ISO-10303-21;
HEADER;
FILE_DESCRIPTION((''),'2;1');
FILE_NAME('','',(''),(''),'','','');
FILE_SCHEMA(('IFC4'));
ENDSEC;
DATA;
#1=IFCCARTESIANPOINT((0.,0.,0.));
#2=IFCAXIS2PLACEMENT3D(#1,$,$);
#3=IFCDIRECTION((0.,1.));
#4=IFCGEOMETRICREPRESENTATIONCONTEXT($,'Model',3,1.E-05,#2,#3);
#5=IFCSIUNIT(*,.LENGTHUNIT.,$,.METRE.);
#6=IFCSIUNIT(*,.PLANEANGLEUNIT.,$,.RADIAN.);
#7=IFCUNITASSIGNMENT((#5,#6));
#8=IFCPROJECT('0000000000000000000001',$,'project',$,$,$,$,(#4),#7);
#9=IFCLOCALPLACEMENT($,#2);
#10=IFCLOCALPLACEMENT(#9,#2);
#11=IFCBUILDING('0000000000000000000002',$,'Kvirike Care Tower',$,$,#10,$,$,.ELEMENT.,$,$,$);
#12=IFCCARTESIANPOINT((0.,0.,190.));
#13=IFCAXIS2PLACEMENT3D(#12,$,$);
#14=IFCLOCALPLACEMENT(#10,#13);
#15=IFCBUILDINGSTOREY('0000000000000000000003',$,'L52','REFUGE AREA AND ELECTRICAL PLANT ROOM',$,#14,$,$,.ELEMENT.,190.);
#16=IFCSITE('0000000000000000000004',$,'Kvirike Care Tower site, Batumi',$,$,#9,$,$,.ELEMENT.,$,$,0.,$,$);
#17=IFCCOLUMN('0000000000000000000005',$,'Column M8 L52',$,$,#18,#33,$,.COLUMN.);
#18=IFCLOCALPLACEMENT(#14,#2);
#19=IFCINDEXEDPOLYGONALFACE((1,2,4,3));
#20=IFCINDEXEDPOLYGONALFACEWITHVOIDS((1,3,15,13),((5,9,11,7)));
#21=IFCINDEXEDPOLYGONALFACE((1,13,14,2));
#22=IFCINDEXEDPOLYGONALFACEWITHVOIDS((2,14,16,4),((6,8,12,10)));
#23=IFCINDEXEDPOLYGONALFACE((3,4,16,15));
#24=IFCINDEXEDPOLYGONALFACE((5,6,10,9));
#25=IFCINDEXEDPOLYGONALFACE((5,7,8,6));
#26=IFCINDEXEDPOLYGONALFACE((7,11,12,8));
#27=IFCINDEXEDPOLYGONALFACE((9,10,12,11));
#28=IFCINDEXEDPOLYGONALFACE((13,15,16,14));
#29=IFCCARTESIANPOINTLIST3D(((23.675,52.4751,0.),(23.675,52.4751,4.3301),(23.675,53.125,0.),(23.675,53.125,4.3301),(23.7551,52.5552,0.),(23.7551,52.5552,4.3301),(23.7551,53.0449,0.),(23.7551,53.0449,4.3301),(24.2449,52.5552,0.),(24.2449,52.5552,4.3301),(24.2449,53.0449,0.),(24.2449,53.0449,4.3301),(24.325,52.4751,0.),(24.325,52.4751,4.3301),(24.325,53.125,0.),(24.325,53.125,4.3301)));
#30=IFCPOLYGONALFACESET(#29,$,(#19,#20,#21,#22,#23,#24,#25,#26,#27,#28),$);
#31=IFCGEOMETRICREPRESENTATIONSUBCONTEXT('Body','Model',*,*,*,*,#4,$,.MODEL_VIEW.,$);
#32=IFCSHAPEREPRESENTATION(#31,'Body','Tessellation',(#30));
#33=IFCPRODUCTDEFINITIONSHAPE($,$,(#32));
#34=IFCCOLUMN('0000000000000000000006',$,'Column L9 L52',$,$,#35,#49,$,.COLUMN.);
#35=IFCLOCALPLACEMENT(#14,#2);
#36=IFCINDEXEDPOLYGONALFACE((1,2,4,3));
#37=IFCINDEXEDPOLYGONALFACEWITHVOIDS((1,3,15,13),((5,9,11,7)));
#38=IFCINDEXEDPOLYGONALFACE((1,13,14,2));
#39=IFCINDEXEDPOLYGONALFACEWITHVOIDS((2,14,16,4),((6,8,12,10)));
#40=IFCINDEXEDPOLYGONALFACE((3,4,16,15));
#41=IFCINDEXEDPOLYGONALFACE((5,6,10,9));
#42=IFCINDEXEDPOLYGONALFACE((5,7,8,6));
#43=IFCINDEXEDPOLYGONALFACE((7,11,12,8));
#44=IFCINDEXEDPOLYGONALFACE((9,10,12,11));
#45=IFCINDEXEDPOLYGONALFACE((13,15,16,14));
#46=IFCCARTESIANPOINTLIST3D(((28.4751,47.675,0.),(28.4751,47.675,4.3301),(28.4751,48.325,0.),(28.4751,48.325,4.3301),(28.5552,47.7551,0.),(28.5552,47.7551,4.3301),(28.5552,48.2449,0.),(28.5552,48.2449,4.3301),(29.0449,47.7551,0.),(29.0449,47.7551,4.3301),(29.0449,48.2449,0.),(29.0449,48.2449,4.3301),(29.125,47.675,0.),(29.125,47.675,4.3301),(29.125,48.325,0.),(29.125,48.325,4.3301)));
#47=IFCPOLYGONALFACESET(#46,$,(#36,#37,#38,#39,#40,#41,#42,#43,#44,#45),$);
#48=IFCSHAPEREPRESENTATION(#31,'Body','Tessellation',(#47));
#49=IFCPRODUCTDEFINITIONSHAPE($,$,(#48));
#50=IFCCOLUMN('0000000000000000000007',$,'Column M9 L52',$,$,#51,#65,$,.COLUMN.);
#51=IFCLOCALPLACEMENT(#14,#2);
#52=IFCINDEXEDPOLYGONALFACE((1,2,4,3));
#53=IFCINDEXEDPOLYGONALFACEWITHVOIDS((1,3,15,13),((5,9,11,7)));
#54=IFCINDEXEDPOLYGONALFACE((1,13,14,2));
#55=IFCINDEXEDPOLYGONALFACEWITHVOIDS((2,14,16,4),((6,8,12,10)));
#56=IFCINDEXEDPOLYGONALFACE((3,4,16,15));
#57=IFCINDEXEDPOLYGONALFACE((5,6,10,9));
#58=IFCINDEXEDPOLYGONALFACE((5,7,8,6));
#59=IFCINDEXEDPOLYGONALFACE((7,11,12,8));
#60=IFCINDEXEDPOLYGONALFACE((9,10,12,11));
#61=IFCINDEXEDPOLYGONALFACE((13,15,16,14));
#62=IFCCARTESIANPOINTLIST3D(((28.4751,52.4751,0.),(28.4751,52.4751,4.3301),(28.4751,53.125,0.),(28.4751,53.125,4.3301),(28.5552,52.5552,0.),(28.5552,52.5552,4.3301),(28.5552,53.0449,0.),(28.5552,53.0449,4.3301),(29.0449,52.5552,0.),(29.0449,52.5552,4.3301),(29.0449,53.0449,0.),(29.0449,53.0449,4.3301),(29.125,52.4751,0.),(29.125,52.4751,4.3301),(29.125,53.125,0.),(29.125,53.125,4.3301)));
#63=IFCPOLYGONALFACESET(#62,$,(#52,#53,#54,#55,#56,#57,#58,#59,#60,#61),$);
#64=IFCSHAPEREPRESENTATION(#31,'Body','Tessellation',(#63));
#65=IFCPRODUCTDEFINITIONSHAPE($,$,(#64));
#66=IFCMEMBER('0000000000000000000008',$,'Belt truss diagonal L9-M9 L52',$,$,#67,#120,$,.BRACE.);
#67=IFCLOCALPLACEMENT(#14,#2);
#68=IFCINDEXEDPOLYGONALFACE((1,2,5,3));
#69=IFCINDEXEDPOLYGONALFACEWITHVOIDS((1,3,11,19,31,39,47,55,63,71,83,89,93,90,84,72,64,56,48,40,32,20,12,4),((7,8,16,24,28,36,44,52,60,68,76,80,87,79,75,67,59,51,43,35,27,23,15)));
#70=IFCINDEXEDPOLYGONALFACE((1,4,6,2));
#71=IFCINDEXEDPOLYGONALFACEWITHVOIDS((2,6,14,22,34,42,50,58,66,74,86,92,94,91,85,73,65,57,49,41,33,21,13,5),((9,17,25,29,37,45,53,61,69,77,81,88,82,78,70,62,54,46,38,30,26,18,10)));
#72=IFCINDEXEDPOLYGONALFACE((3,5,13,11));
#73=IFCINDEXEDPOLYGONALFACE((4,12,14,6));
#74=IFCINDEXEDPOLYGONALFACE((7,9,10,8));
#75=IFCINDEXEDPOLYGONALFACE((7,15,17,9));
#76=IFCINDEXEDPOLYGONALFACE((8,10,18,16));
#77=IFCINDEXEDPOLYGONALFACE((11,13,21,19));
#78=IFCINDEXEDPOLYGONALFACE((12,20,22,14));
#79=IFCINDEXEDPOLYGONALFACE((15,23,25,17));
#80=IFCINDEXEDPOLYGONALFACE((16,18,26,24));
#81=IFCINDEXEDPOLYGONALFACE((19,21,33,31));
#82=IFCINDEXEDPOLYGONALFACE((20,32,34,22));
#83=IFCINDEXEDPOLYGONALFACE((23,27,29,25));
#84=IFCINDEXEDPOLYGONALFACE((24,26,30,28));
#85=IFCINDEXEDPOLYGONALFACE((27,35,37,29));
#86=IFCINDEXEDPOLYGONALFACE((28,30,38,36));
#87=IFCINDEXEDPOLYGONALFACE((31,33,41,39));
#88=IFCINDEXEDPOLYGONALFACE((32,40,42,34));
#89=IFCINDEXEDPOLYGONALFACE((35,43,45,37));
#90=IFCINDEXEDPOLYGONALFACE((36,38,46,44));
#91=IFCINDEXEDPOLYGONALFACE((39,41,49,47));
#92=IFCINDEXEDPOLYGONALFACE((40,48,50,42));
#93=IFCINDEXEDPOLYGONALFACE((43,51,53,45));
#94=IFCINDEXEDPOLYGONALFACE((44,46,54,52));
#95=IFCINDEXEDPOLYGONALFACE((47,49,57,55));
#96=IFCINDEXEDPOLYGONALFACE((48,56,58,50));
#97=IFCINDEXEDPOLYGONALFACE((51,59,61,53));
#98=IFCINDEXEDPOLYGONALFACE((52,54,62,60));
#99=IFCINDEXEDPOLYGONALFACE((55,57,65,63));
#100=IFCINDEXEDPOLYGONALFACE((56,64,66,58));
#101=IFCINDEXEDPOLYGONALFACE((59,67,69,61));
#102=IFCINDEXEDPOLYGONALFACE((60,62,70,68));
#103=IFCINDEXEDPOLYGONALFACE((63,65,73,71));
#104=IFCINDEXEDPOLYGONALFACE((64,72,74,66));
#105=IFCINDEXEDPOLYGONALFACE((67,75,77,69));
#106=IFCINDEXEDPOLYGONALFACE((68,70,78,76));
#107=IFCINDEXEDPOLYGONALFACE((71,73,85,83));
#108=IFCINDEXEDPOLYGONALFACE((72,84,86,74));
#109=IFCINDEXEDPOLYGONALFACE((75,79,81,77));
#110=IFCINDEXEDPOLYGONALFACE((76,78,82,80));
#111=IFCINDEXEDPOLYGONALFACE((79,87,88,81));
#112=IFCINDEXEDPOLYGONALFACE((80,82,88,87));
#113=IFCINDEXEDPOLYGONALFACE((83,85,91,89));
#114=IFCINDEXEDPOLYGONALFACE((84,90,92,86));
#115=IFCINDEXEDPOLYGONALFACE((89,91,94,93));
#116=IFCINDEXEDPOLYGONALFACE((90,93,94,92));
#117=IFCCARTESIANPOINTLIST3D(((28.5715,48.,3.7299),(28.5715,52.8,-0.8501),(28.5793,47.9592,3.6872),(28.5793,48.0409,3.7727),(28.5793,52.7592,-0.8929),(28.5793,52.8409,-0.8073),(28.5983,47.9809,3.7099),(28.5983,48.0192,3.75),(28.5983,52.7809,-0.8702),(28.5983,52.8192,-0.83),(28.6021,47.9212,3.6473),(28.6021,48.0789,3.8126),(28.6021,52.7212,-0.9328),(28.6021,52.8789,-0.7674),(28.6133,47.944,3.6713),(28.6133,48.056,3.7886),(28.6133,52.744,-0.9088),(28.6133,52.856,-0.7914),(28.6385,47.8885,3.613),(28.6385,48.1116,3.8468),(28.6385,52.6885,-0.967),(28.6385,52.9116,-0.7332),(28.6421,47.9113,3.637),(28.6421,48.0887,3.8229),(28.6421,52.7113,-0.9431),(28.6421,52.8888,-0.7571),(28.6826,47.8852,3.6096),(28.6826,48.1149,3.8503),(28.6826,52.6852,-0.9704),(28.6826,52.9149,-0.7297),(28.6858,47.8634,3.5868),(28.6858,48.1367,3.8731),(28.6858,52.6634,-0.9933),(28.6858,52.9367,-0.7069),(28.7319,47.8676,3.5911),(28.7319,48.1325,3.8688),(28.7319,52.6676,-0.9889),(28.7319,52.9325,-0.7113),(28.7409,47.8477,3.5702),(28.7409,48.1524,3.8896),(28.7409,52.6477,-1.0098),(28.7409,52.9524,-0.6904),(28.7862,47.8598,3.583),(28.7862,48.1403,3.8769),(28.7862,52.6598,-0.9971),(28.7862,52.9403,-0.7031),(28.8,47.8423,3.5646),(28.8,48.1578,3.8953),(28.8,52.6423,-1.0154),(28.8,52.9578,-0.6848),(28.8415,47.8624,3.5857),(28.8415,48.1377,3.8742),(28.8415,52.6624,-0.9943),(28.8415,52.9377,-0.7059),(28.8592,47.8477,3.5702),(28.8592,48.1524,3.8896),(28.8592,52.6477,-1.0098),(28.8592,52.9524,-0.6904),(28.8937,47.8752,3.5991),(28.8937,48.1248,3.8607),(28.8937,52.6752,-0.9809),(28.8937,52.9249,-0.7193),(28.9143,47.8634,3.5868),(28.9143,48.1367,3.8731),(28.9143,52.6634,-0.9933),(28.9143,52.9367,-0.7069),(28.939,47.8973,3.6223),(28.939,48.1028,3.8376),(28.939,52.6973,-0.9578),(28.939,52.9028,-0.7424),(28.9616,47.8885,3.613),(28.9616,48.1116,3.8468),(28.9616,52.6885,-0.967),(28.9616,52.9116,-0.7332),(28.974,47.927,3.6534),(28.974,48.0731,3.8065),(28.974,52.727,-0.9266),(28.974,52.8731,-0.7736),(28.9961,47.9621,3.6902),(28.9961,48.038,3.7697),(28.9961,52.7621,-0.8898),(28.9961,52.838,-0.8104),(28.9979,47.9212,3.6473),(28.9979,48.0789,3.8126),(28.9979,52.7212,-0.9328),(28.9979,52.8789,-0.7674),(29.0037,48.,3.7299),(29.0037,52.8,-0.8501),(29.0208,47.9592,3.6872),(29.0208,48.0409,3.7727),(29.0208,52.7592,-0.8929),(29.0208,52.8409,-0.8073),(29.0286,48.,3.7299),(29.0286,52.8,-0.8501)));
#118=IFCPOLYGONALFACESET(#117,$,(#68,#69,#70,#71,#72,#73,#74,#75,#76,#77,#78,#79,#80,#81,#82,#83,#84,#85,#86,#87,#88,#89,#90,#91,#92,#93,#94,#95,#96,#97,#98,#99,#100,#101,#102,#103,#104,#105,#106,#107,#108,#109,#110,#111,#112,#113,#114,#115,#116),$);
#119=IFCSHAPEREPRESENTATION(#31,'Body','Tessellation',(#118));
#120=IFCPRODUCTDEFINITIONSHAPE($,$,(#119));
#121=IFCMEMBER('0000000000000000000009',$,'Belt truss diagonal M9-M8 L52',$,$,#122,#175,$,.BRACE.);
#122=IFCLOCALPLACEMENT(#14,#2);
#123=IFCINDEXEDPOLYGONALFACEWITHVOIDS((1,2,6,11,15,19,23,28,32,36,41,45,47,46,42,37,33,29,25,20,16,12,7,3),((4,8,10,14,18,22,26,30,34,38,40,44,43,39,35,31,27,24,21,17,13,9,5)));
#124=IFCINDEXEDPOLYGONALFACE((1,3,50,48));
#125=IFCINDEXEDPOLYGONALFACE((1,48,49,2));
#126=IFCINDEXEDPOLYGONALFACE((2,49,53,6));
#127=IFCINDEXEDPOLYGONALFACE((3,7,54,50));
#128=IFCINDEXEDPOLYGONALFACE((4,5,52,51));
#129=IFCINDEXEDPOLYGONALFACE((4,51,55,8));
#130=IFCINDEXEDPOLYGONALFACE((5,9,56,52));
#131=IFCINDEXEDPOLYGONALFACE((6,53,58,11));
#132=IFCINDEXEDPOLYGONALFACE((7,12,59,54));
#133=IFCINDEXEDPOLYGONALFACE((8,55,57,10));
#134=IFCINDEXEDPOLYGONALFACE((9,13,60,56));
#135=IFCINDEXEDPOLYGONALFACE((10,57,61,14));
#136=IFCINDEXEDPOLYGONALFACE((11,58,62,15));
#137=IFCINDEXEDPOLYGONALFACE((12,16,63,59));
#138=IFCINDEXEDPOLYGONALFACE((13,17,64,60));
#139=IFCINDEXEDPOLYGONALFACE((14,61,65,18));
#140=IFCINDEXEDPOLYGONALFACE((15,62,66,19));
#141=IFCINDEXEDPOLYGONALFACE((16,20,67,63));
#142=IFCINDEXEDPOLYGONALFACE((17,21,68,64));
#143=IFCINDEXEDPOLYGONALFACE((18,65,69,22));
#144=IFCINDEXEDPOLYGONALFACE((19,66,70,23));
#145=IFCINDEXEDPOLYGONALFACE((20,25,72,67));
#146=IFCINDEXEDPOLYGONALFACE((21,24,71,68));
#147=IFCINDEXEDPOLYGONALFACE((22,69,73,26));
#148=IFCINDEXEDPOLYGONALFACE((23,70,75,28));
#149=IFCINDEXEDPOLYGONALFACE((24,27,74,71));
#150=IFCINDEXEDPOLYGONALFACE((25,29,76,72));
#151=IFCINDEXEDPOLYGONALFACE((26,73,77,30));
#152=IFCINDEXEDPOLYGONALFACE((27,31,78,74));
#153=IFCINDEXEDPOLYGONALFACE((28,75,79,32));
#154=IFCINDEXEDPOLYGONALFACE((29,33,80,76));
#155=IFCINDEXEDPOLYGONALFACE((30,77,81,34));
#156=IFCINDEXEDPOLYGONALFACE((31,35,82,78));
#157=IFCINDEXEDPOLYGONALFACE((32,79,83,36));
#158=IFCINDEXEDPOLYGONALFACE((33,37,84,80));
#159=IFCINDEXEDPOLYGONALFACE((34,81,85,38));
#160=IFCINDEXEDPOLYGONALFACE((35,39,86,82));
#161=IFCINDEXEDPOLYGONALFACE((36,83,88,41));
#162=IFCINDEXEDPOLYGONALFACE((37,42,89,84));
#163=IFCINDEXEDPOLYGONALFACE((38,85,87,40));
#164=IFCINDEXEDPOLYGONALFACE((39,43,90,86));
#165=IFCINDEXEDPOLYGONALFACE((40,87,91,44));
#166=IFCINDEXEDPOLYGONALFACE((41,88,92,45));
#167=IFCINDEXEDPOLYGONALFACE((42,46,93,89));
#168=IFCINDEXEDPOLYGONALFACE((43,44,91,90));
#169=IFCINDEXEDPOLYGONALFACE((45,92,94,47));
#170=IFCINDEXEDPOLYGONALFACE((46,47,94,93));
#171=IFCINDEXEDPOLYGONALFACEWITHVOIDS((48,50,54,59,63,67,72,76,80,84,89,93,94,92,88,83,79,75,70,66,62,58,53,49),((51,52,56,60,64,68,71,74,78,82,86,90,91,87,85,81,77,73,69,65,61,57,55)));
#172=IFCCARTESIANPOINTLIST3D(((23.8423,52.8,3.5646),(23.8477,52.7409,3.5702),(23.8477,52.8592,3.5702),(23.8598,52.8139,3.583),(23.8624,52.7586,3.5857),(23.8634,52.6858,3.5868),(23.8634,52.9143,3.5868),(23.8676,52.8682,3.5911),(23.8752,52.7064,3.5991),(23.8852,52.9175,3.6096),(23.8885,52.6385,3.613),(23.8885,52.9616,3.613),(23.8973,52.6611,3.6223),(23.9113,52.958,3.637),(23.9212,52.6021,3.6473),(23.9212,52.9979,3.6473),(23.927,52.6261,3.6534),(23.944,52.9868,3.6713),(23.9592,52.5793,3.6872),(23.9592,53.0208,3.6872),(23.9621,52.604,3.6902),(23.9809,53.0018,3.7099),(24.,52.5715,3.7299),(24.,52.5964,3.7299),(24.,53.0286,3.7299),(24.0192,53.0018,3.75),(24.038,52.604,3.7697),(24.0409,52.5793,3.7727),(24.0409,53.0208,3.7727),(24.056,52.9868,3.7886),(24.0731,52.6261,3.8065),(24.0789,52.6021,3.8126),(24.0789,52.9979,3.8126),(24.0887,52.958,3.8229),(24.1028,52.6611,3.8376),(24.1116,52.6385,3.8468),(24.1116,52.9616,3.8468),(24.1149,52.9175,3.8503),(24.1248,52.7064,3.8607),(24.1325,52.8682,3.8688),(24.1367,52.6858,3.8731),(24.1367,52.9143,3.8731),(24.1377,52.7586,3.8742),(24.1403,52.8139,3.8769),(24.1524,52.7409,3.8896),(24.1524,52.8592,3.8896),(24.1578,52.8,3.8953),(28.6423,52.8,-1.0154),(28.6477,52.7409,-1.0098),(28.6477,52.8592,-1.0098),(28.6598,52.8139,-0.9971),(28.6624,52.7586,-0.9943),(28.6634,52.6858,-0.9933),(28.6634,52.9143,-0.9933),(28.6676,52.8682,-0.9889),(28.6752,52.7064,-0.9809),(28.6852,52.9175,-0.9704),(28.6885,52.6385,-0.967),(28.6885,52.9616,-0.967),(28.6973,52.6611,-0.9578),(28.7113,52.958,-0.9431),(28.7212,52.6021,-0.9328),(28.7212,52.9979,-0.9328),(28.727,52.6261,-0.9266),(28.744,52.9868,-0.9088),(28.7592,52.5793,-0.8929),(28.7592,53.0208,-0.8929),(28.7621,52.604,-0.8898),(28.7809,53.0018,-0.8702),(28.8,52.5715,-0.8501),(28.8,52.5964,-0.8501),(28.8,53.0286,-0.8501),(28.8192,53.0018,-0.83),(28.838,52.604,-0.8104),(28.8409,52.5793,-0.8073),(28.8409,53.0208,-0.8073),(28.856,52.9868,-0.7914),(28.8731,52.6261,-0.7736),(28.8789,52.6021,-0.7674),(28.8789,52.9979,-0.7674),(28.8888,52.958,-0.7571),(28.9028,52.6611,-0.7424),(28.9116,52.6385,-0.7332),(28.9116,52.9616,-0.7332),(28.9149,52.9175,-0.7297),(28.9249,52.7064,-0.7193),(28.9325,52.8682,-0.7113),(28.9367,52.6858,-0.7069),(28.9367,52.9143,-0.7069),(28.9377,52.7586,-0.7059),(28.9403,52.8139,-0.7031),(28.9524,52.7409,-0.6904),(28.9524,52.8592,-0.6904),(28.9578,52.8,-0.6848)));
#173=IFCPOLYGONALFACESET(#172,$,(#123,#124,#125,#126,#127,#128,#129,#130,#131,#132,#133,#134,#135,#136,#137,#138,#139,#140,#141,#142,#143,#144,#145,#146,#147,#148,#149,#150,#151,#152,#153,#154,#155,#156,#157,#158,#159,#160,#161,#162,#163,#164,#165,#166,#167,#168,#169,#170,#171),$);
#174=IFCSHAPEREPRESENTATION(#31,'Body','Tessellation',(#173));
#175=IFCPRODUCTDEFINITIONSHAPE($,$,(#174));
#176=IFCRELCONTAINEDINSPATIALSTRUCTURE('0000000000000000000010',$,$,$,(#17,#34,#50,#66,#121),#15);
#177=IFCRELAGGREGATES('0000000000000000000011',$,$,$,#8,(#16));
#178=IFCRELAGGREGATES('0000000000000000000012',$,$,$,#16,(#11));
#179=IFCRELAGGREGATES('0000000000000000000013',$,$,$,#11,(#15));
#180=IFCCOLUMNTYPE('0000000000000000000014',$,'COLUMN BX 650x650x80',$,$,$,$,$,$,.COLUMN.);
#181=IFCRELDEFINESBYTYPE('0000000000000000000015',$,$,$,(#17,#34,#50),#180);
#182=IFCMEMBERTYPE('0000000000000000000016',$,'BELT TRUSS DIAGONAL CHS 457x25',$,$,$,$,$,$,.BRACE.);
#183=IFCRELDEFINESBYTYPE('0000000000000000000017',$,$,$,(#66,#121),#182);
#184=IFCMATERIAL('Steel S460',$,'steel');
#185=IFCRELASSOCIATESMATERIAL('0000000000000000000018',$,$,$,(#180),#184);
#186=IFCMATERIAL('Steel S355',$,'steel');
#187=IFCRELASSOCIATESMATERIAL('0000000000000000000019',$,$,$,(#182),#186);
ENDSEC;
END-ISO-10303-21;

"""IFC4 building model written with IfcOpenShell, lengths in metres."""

from ifc_helpers import new_model, si_unit, direction, frame, origin, origin_2d, place, context, subcontext, project, spatial, hollow_rectangle, hollow_circle, extrude, material, material_profile, profile_set, type_object, element, save


model = new_model("IFC4")

# Units and contexts
model_context = context("Model", 3, precision=1e-05, world=origin(), true_north=direction((0.0, 1.0)))
body_context = subcontext(model_context, "Body", "Model", "MODEL_VIEW")
ifc_project = project(units=[si_unit("LENGTHUNIT", "METRE"), si_unit("PLANEANGLEUNIT", "RADIAN")], contexts=[model_context])

# Site, building, storey
site_placement = place(None, origin())
site = spatial("IfcSite", under=ifc_project, at=site_placement, Name="Kvirike Care Tower site, Batumi", CompositionType="ELEMENT", RefElevation=0.0)
building_placement = place(site_placement, origin())
building = spatial("IfcBuilding", under=site, at=building_placement, Name="Kvirike Care Tower", CompositionType="ELEMENT")
storey_placement = place(building_placement, frame((0.0, 0.0, 190.0)))
storey = spatial("IfcBuildingStorey", under=building, at=storey_placement, Name="L52", Description="REFUGE AREA AND ELECTRICAL PLANT ROOM", CompositionType="ELEMENT", Elevation=190.0)

# Columns
ifc_material_1 = material(Name="Steel S460", Category="steel")
ifc_material_profile_1 = material_profile(ifc_material_1, hollow_rectangle(XDim=0.6499, YDim=0.6499, WallThickness=0.0801, at=origin_2d()), Name="BX 650x650x80")
ifc_profile_set_1 = profile_set([ifc_material_profile_1], Name="Steel S460")
column_type = type_object("IfcColumnType", Name="COLUMN BX 650x650x80", PredefinedType="COLUMN", material=ifc_profile_set_1)
for number, where, z_axis, x_axis, name in (
    (1, (24.0, 52.8, 0.0), (0.0, 0.0, 1.0), (0.0, 1.0, 0.0), "Column M8 L52"),
    (2, (28.8, 48.0, 0.0), (0.0, 0.0, 1.0), (1.0, 0.0, 0.0), "Column L9 L52"),
    (3, (28.8, 52.8, 0.0), (0.0, 0.0, 1.0), (0.0, 1.0, 0.0), "Column M9 L52"),
):
    element("IfcColumn", number, at=place(storey_placement, frame(where, z_axis=z_axis, x_axis=x_axis)), inside=storey, type_object=column_type, Name=name, PredefinedType="COLUMN", context=body_context, shape_type="SweptSolid", body=[
        extrude(hollow_rectangle(XDim=0.6499, YDim=0.6499, WallThickness=0.0801, at=origin_2d()), origin(), (0.0, 0.0, 1.0), 4.3301),
    ])

# Members
ifc_material_2 = material(Name="Steel S355", Category="steel")
ifc_material_profile_2 = material_profile(ifc_material_2, hollow_circle(Radius=0.2285, WallThickness=0.0249, at=origin_2d()), Name="CHS 457x25")
ifc_profile_set_2 = profile_set([ifc_material_profile_2], Name="Steel S355")
member_type_1 = type_object("IfcMemberType", Name="BELT TRUSS DIAGONAL CHS 457x25", PredefinedType="BRACE", material=ifc_profile_set_2)
for number, where, z_axis, x_axis, name in (
    (4, (28.8, 52.8, -0.8501), (0.0, -0.72349, 0.690335), (1.0, 0.0, 0.0), "Belt truss diagonal L9-M9 L52"),
    (5, (28.8, 52.8, -0.8501), (-0.72349, 0.0, 0.690335), (0.0, -1.0, 0.0), "Belt truss diagonal M9-M8 L52"),
):
    element("IfcMember", number, at=place(storey_placement, frame(where, z_axis=z_axis, x_axis=x_axis)), inside=storey, type_object=member_type_1, Name=name, PredefinedType="BRACE", context=body_context, shape_type="SweptSolid", body=[
        extrude(hollow_circle(Radius=0.2285, WallThickness=0.0249, at=origin_2d()), origin(), (0.0, 0.0, 1.0), 6.6345),
    ])

save(model, "model.ifc")
